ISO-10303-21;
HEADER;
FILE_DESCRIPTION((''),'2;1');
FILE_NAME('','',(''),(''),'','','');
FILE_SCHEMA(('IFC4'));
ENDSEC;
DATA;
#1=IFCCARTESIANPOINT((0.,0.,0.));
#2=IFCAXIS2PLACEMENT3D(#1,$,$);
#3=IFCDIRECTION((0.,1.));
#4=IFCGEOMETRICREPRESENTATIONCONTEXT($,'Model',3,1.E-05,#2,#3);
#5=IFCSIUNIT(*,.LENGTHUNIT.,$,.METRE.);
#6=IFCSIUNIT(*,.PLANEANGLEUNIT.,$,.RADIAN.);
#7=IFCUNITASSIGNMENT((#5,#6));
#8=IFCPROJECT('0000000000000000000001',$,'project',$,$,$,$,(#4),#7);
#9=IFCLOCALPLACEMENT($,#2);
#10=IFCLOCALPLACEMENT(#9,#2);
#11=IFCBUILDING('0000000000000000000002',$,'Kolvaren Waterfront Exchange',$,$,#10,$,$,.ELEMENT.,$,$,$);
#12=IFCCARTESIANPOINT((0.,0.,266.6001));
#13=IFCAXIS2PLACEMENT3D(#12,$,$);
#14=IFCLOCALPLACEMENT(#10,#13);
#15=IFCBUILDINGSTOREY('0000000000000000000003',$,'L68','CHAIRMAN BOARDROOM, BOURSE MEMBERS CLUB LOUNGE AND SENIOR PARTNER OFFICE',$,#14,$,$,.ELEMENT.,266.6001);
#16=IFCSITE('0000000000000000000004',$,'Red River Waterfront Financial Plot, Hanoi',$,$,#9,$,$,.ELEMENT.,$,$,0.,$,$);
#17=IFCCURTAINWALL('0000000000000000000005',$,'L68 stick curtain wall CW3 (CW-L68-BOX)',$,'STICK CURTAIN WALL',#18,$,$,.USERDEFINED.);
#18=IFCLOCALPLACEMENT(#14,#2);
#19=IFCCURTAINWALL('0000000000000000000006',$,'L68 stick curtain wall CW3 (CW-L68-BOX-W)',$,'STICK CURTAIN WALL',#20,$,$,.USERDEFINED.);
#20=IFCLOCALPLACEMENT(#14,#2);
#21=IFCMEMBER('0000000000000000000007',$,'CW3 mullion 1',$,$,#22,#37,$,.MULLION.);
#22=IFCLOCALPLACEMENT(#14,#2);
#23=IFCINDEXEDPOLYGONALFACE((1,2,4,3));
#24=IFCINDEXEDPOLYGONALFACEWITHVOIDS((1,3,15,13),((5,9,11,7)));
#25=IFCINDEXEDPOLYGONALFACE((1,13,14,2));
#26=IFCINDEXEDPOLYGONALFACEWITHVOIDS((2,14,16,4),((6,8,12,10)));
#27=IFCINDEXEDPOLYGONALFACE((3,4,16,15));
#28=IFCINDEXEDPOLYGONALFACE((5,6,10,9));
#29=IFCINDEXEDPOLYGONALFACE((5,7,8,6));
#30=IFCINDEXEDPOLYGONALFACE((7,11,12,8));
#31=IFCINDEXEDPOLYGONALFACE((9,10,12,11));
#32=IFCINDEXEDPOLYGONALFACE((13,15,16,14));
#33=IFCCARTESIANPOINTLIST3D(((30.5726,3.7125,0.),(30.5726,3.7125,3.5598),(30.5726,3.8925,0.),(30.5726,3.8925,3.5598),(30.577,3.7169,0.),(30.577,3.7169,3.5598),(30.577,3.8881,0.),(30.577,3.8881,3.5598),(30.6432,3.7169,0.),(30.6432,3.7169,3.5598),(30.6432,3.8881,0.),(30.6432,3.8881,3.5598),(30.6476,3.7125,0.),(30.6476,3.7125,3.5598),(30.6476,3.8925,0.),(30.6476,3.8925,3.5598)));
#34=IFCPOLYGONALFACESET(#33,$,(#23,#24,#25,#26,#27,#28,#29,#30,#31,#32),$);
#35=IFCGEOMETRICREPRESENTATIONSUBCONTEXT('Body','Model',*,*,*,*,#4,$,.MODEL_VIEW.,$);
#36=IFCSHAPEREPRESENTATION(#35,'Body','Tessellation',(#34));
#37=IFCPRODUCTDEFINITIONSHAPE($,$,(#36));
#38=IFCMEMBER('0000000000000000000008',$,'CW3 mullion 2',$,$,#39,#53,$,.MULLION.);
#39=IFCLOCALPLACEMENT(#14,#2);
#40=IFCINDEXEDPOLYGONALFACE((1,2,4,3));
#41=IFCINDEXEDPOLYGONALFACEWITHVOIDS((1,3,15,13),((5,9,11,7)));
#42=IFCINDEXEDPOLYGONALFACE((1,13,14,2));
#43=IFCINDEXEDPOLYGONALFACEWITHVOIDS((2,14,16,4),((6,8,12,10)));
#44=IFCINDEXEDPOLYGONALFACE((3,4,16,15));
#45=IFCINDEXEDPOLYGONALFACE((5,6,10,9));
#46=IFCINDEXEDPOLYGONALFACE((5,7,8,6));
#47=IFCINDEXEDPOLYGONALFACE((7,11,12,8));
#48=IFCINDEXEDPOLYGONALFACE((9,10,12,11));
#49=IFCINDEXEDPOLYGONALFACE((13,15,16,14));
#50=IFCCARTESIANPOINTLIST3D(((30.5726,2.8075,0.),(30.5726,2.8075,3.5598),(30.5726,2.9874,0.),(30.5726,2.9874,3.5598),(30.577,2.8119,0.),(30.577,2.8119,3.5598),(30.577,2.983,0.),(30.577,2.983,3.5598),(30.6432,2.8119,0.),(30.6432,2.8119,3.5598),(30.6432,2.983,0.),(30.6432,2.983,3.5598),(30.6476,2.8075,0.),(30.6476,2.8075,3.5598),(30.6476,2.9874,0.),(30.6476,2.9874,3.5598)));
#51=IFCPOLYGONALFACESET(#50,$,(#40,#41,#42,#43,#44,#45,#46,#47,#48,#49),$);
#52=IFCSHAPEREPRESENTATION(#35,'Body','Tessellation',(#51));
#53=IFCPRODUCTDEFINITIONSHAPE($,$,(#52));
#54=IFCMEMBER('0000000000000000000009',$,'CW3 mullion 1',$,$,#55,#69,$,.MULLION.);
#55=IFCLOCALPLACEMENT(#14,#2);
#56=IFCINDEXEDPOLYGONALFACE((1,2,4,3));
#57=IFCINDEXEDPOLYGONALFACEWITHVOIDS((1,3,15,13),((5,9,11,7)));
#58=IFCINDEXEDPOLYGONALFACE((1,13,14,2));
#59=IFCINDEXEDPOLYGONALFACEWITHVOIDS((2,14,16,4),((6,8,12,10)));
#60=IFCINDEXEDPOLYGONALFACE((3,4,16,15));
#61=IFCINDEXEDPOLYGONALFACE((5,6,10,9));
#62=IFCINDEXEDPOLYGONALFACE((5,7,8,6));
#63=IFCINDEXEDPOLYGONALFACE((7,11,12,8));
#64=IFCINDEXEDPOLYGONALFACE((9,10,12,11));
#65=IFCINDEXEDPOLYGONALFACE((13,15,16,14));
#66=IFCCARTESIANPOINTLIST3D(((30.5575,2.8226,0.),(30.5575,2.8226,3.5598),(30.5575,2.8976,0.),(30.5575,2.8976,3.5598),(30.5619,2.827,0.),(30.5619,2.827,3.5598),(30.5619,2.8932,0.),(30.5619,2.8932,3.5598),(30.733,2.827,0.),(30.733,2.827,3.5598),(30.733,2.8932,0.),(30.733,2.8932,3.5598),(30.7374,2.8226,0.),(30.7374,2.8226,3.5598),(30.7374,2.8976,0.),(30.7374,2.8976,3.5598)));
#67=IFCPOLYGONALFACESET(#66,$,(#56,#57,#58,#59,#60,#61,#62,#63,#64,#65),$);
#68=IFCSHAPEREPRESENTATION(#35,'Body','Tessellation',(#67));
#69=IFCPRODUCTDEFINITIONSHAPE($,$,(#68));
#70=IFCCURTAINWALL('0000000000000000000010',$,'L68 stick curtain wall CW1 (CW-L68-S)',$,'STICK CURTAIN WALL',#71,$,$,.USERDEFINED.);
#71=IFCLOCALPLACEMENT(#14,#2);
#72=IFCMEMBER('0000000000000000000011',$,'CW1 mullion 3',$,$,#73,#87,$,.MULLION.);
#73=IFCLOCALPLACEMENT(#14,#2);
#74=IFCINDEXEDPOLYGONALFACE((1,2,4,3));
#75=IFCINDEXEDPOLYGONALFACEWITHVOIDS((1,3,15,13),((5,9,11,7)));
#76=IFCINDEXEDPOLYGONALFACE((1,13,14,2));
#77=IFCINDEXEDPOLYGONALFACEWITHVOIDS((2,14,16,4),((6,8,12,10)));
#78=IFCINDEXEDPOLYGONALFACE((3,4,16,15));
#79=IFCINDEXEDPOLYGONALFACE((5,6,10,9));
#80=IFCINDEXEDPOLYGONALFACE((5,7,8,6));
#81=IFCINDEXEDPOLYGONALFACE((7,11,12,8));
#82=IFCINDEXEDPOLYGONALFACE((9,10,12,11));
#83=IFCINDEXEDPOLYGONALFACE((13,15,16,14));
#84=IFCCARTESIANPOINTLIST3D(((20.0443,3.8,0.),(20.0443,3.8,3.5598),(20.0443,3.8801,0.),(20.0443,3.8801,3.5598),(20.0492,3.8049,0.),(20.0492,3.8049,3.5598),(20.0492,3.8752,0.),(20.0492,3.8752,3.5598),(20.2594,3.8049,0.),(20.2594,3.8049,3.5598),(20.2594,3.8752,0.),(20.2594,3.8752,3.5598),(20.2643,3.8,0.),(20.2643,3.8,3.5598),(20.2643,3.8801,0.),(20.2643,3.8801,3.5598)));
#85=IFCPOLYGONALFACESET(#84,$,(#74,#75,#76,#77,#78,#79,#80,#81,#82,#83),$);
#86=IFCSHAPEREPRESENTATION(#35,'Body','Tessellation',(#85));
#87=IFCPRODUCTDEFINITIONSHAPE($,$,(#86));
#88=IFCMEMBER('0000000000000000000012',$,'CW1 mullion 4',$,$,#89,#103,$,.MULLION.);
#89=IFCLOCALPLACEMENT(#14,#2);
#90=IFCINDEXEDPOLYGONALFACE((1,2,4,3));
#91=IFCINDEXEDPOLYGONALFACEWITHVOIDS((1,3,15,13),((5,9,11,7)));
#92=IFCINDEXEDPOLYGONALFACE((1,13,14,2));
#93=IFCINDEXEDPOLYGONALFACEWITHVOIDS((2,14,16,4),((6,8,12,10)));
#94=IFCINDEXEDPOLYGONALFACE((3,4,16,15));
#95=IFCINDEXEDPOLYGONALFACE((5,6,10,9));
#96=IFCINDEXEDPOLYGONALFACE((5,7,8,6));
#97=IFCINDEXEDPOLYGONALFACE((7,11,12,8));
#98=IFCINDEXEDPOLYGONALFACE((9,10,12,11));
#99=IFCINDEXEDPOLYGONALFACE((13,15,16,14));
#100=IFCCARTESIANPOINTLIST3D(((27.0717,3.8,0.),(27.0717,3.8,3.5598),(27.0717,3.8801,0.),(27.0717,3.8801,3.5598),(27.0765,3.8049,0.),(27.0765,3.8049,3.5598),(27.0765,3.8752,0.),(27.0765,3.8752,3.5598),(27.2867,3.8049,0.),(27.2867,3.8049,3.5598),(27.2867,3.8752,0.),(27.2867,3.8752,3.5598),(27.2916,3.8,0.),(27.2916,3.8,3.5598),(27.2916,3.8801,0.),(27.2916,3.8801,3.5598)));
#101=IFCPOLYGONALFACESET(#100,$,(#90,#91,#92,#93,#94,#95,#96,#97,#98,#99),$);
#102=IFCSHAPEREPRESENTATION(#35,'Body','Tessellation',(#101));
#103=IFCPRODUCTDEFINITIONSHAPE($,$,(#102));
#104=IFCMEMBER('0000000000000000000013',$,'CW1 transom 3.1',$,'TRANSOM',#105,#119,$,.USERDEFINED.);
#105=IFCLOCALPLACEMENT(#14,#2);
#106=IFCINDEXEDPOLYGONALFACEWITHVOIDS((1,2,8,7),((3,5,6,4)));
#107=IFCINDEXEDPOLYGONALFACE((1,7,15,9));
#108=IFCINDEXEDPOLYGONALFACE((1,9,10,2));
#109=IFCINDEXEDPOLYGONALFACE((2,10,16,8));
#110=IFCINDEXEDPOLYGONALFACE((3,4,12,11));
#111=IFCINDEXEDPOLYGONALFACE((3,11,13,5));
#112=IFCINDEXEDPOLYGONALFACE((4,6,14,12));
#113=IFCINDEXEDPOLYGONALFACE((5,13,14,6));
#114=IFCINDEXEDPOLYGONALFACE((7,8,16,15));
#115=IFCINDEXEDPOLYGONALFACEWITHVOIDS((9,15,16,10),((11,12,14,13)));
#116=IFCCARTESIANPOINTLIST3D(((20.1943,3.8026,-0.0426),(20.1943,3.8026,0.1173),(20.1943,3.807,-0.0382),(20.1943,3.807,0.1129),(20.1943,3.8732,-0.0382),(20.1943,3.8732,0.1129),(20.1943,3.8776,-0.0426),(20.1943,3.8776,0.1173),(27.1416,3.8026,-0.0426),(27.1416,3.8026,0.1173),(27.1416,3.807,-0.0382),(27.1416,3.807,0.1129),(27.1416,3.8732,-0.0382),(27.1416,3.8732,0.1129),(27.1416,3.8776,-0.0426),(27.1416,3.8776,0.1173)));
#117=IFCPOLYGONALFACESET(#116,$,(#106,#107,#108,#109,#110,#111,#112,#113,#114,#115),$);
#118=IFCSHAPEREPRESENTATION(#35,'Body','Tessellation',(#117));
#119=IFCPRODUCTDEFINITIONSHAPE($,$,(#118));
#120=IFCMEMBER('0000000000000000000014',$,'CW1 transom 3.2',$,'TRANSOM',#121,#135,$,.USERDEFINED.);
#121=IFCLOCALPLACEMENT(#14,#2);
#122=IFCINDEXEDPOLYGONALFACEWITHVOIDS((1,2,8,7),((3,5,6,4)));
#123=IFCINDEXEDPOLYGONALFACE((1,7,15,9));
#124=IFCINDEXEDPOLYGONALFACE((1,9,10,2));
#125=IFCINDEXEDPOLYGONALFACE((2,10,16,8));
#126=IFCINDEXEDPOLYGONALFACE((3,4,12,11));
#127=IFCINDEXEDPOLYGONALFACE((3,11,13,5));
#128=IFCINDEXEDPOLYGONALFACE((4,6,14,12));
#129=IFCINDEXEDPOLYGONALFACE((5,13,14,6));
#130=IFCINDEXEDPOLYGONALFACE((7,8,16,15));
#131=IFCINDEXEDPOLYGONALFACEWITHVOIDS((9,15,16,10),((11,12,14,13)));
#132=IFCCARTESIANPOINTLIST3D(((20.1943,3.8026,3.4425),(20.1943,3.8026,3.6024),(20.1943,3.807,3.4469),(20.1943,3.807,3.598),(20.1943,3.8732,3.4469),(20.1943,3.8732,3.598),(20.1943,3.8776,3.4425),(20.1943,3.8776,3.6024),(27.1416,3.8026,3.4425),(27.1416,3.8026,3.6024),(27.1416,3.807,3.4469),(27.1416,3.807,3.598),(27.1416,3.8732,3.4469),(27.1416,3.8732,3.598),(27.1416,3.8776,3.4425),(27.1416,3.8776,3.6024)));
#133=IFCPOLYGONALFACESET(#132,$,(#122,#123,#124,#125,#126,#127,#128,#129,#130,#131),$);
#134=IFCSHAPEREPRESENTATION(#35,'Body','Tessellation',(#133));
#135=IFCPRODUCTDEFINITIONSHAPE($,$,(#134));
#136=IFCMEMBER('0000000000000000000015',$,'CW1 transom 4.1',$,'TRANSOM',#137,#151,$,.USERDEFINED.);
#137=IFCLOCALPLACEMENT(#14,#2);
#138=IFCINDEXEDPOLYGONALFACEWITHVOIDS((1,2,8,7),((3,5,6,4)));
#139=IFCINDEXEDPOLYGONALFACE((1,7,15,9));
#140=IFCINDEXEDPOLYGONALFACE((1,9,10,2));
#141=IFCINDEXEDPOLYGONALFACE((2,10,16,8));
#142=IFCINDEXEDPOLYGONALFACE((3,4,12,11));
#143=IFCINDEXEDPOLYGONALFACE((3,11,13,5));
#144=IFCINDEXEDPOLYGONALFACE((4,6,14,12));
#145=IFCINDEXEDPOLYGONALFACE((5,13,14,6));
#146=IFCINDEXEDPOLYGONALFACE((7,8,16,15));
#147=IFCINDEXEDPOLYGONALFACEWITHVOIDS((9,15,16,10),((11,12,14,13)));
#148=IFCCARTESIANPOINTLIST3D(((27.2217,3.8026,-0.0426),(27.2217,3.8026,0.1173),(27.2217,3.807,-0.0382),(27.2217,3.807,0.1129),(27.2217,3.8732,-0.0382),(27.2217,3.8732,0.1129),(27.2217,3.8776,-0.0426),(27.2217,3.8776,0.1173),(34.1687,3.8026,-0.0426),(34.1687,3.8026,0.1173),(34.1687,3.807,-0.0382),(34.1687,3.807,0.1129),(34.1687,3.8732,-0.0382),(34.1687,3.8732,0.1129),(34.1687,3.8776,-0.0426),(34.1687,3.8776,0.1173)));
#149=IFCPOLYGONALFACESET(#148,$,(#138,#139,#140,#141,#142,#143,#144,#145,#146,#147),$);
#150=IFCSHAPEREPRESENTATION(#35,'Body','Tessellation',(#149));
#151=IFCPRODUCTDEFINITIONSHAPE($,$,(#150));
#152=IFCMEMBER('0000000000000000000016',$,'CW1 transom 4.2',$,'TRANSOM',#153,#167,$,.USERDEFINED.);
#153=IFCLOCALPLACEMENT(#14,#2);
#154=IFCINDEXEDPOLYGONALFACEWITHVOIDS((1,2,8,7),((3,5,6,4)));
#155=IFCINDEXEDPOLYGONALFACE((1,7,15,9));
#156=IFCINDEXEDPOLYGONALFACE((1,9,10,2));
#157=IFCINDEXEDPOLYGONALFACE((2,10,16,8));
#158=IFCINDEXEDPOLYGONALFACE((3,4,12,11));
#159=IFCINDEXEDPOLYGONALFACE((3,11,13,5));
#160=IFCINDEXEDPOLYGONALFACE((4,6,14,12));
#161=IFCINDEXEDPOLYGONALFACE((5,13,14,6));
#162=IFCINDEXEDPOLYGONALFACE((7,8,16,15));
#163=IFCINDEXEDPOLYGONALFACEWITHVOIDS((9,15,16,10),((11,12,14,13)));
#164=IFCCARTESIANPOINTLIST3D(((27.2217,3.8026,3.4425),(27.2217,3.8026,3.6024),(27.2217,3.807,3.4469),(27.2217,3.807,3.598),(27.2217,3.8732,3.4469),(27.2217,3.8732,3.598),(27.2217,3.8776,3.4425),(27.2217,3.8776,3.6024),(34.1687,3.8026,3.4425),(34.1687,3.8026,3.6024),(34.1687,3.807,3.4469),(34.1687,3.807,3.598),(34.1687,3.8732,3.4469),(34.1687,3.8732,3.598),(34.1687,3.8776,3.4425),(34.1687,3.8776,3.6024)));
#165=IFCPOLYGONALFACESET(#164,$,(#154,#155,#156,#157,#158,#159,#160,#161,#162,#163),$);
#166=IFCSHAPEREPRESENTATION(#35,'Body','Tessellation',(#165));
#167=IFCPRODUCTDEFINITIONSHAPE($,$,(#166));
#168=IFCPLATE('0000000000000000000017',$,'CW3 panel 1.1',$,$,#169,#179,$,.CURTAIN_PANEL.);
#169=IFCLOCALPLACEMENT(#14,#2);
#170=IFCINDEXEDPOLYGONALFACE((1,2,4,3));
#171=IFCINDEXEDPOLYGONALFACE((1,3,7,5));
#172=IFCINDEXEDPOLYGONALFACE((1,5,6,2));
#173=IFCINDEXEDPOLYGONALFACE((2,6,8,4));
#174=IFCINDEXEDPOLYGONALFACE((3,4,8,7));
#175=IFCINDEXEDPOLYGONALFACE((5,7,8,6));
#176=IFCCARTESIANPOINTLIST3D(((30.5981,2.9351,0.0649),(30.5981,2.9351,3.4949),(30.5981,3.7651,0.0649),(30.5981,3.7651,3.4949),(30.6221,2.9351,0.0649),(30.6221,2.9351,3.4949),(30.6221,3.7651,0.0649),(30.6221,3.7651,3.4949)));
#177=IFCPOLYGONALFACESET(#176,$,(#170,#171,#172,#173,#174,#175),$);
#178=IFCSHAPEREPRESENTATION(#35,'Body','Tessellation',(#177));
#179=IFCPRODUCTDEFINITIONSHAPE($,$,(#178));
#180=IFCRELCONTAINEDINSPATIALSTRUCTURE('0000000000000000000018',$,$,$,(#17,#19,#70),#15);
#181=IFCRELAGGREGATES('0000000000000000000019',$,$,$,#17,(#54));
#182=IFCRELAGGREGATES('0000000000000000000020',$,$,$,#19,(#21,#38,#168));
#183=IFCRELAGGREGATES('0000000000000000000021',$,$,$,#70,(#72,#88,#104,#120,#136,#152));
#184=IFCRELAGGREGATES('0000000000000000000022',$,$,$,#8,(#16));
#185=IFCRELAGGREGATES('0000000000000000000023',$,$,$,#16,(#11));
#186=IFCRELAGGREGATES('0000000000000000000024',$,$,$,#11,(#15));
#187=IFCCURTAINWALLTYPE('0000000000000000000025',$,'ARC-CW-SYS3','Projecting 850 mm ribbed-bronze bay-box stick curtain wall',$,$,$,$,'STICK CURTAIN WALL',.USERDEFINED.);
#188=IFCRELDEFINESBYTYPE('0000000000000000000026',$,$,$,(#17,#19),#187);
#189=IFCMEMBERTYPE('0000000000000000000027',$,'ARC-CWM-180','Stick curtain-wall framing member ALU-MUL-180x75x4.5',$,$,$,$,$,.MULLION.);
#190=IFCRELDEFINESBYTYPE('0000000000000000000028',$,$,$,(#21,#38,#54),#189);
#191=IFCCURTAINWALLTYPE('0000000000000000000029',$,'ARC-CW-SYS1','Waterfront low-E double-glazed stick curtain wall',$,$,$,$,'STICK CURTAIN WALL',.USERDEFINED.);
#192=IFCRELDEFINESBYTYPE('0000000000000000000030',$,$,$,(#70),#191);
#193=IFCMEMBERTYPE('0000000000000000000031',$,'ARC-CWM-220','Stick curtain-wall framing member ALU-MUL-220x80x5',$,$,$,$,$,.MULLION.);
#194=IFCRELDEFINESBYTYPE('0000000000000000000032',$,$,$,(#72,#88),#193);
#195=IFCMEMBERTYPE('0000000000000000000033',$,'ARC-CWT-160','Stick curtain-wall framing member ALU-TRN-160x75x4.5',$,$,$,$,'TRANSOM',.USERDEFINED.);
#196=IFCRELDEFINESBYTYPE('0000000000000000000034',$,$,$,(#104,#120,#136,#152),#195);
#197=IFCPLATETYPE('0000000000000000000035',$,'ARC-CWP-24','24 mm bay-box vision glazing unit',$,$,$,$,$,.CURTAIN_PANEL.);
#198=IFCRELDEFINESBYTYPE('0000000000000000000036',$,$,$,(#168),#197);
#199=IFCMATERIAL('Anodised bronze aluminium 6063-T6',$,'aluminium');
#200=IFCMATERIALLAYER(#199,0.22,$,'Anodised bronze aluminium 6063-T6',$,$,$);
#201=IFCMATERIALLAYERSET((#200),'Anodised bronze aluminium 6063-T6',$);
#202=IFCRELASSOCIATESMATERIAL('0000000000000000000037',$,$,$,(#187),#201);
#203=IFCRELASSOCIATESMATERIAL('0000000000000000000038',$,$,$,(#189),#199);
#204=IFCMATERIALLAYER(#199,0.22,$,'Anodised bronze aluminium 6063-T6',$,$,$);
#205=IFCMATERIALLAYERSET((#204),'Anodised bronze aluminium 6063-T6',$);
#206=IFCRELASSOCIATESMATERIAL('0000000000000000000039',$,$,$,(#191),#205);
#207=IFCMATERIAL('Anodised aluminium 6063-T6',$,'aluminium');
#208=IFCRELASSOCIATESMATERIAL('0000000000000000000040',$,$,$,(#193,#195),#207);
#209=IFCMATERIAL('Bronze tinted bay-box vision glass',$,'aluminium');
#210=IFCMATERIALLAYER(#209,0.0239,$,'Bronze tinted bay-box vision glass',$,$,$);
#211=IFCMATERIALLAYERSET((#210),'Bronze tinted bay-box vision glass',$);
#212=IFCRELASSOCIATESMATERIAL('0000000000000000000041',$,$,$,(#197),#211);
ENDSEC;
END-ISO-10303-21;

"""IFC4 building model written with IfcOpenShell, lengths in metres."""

from ifc_helpers import new_model, si_unit, direction, frame, origin, origin_with_axes, origin_2d, place, context, subcontext, project, spatial, rectangle, hollow_rectangle, extrude, source, transform, mapped, material, layer, layer_set, material_profile, profile_set, type_object, element, aggregate, save


model = new_model("IFC4")

# Units and contexts
model_context = context("Model", 3, precision=1e-05, world=origin(), true_north=direction((0.0, 1.0)))
body_context = subcontext(model_context, "Body", "Model", "MODEL_VIEW")
ifc_project = project(units=[si_unit("LENGTHUNIT", "METRE"), si_unit("PLANEANGLEUNIT", "RADIAN")], contexts=[model_context])

# Site, building, storey
site_placement = place(None, origin())
site = spatial("IfcSite", under=ifc_project, at=site_placement, Name="Red River Waterfront Financial Plot, Hanoi", CompositionType="ELEMENT", RefElevation=0.0)
building_placement = place(site_placement, origin())
building = spatial("IfcBuilding", under=site, at=building_placement, Name="Kolvaren Waterfront Exchange", CompositionType="ELEMENT")
storey_placement = place(building_placement, frame((0.0, 0.0, 266.6001)))
storey = spatial("IfcBuildingStorey", under=building, at=storey_placement, Name="L68", Description="CHAIRMAN BOARDROOM, BOURSE MEMBERS CLUB LOUNGE AND SENIOR PARTNER OFFICE", CompositionType="ELEMENT", Elevation=266.6001)

# Curtain wall
ifc_material_1 = material(Name="Anodised bronze aluminium 6063-T6", Category="aluminium")
ifc_layer_1 = layer(ifc_material_1, 0.22, Name="Anodised bronze aluminium 6063-T6")
ifc_layer_set_1 = layer_set([ifc_layer_1], Name="Anodised bronze aluminium 6063-T6")
curtain_wall_type_1 = type_object("IfcCurtainWallType", Name="ARC-CW-SYS3", Description="Projecting 850 mm ribbed-bronze bay-box stick curtain wall", ElementType="STICK CURTAIN WALL", PredefinedType="USERDEFINED", material=ifc_layer_set_1)
curtain_wall_1_placement = place(storey_placement, origin())
curtain_wall_1 = element("IfcCurtainWall", 1, at=curtain_wall_1_placement, inside=storey, type_object=curtain_wall_type_1, Name="L68 stick curtain wall CW3 (CW-L68-BOX)", ObjectType="STICK CURTAIN WALL", PredefinedType="USERDEFINED")

# Curtain wall, members
curtain_wall_2_placement = place(storey_placement, origin())
curtain_wall_2 = element("IfcCurtainWall", 2, at=curtain_wall_2_placement, inside=storey, type_object=curtain_wall_type_1, Name="L68 stick curtain wall CW3 (CW-L68-BOX-W)", ObjectType="STICK CURTAIN WALL", PredefinedType="USERDEFINED")
ifc_material_profile_1 = material_profile(ifc_material_1, hollow_rectangle(XDim=0.075, YDim=0.1799, WallThickness=0.0044, at=origin_2d()), Name="ALU-MUL-180x75x4.5")
ifc_profile_set_1 = profile_set([ifc_material_profile_1], Name="Anodised bronze aluminium 6063-T6")
member_type_1 = type_object("IfcMemberType", Name="ARC-CWM-180", Description="Stick curtain-wall framing member ALU-MUL-180x75x4.5", PredefinedType="MULLION", material=ifc_profile_set_1)
shared_shape_1 = source(origin_with_axes(), body_context, "Body", "SweptSolid", [
    extrude(hollow_rectangle(XDim=0.075, YDim=0.1799, WallThickness=0.0044, at=origin_2d()), origin(), (0.0, 0.0, 1.0), 3.5598),
])
member_1_placement = place(storey_placement, frame((30.6101, 3.8025, 0.0), z_axis=(0.0, 0.0, 1.0), x_axis=(1.0, 0.0, 0.0)))
member_1 = element("IfcMember", 3, at=member_1_placement, type_object=member_type_1, Name="CW3 mullion 1", PredefinedType="MULLION", context=body_context, shape_type="MappedRepresentation", body=[
    mapped(shared_shape_1, transform((0.0, 0.0, 0.0), x_axis=(1.0, 0.0, 0.0), y_axis=(0.0, 1.0, 0.0), z_axis=(0.0, 0.0, 1.0), scale=1.0)),
])
member_2_placement = place(storey_placement, frame((30.6101, 2.8975, 0.0), z_axis=(0.0, 0.0, 1.0), x_axis=(1.0, 0.0, 0.0)))
member_2 = element("IfcMember", 4, at=member_2_placement, type_object=member_type_1, Name="CW3 mullion 2", PredefinedType="MULLION", context=body_context, shape_type="MappedRepresentation", body=[
    mapped(shared_shape_1, transform((0.0, 0.0, 0.0), x_axis=(1.0, 0.0, 0.0), y_axis=(0.0, 1.0, 0.0), z_axis=(0.0, 0.0, 1.0), scale=1.0)),
])

# Member
member_3_placement = place(storey_placement, frame((30.6475, 2.8601, 0.0), z_axis=(0.0, 0.0, 1.0), x_axis=(0.0, 1.0, 0.0)))
member_3 = element("IfcMember", 5, at=member_3_placement, type_object=member_type_1, Name="CW3 mullion 1", PredefinedType="MULLION", context=body_context, shape_type="MappedRepresentation", body=[
    mapped(shared_shape_1, transform((0.0, 0.0, 0.0), x_axis=(1.0, 0.0, 0.0), y_axis=(0.0, 1.0, 0.0), z_axis=(0.0, 0.0, 1.0), scale=1.0)),
])
aggregate(curtain_wall_1, [member_3])

# Curtain wall, members
ifc_layer_2 = layer(ifc_material_1, 0.22, Name="Anodised bronze aluminium 6063-T6")
ifc_layer_set_2 = layer_set([ifc_layer_2], Name="Anodised bronze aluminium 6063-T6")
curtain_wall_type_2 = type_object("IfcCurtainWallType", Name="ARC-CW-SYS1", Description="Waterfront low-E double-glazed stick curtain wall", ElementType="STICK CURTAIN WALL", PredefinedType="USERDEFINED", material=ifc_layer_set_2)
curtain_wall_3_placement = place(storey_placement, origin())
curtain_wall_3 = element("IfcCurtainWall", 6, at=curtain_wall_3_placement, inside=storey, type_object=curtain_wall_type_2, Name="L68 stick curtain wall CW1 (CW-L68-S)", ObjectType="STICK CURTAIN WALL", PredefinedType="USERDEFINED")
ifc_material_2 = material(Name="Anodised aluminium 6063-T6", Category="aluminium")
ifc_material_profile_2 = material_profile(ifc_material_2, hollow_rectangle(XDim=0.0801, YDim=0.22, WallThickness=0.0049, at=origin_2d()), Name="ALU-MUL-220x80x5")
ifc_profile_set_2 = profile_set([ifc_material_profile_2], Name="Anodised aluminium 6063-T6")
member_type_2 = type_object("IfcMemberType", Name="ARC-CWM-220", Description="Stick curtain-wall framing member ALU-MUL-220x80x5", PredefinedType="MULLION", material=ifc_profile_set_2)
shared_shape_2 = source(origin_with_axes(), body_context, "Body", "SweptSolid", [
    extrude(hollow_rectangle(XDim=0.0801, YDim=0.22, WallThickness=0.0049, at=origin_2d()), origin(), (0.0, 0.0, 1.0), 3.5598),
])
member_4_placement = place(storey_placement, frame((20.1543, 3.8401, 0.0), z_axis=(0.0, 0.0, 1.0), x_axis=(0.0, 1.0, 0.0)))
member_4 = element("IfcMember", 7, at=member_4_placement, type_object=member_type_2, Name="CW1 mullion 3", PredefinedType="MULLION", context=body_context, shape_type="MappedRepresentation", body=[
    mapped(shared_shape_2, transform((0.0, 0.0, 0.0), x_axis=(1.0, 0.0, 0.0), y_axis=(0.0, 1.0, 0.0), z_axis=(0.0, 0.0, 1.0), scale=1.0)),
])
member_5_placement = place(storey_placement, frame((27.1816, 3.8401, 0.0), z_axis=(0.0, 0.0, 1.0), x_axis=(0.0, 1.0, 0.0)))
member_5 = element("IfcMember", 8, at=member_5_placement, type_object=member_type_2, Name="CW1 mullion 4", PredefinedType="MULLION", context=body_context, shape_type="MappedRepresentation", body=[
    mapped(shared_shape_2, transform((0.0, 0.0, 0.0), x_axis=(1.0, 0.0, 0.0), y_axis=(0.0, 1.0, 0.0), z_axis=(0.0, 0.0, 1.0), scale=1.0)),
])
ifc_material_profile_3 = material_profile(ifc_material_2, hollow_rectangle(XDim=0.075, YDim=0.1599, WallThickness=0.0044, at=origin_2d()), Name="ALU-TRN-160x75x4.5")
ifc_profile_set_3 = profile_set([ifc_material_profile_3], Name="Anodised aluminium 6063-T6")
member_type_3 = type_object("IfcMemberType", Name="ARC-CWT-160", Description="Stick curtain-wall framing member ALU-TRN-160x75x4.5", ElementType="TRANSOM", PredefinedType="USERDEFINED", material=ifc_profile_set_3)
shared_shape_3 = source(origin_with_axes(), body_context, "Body", "SweptSolid", [
    extrude(hollow_rectangle(XDim=0.075, YDim=0.1599, WallThickness=0.0044, at=origin_2d()), origin(), (0.0, 0.0, 1.0), 6.9473),
])
member_6_placement = place(storey_placement, frame((20.1943, 3.8401, 0.0374), z_axis=(1.0, 0.0, 0.0), x_axis=(0.0, 1.0, 0.0)))
member_6 = element("IfcMember", 9, at=member_6_placement, type_object=member_type_3, Name="CW1 transom 3.1", ObjectType="TRANSOM", PredefinedType="USERDEFINED", context=body_context, shape_type="MappedRepresentation", body=[
    mapped(shared_shape_3, transform((0.0, 0.0, 0.0), x_axis=(1.0, 0.0, 0.0), y_axis=(0.0, 1.0, 0.0), z_axis=(0.0, 0.0, 1.0), scale=1.0)),
])
member_7_placement = place(storey_placement, frame((20.1943, 3.8401, 3.5225), z_axis=(1.0, 0.0, 0.0), x_axis=(0.0, 1.0, 0.0)))
member_7 = element("IfcMember", 10, at=member_7_placement, type_object=member_type_3, Name="CW1 transom 3.2", ObjectType="TRANSOM", PredefinedType="USERDEFINED", context=body_context, shape_type="MappedRepresentation", body=[
    mapped(shared_shape_3, transform((0.0, 0.0, 0.0), x_axis=(1.0, 0.0, 0.0), y_axis=(0.0, 1.0, 0.0), z_axis=(0.0, 0.0, 1.0), scale=1.0)),
])
shared_shape_4 = source(origin_with_axes(), body_context, "Body", "SweptSolid", [
    extrude(hollow_rectangle(XDim=0.075, YDim=0.1599, WallThickness=0.0044, at=origin_2d()), origin(), (0.0, 0.0, 1.0), 6.947),
])
member_8_placement = place(storey_placement, frame((27.2217, 3.8401, 0.0374), z_axis=(1.0, 0.0, 0.0), x_axis=(0.0, 1.0, 0.0)))
member_8 = element("IfcMember", 11, at=member_8_placement, type_object=member_type_3, Name="CW1 transom 4.1", ObjectType="TRANSOM", PredefinedType="USERDEFINED", context=body_context, shape_type="MappedRepresentation", body=[
    mapped(shared_shape_4, transform((0.0, 0.0, 0.0), x_axis=(1.0, 0.0, 0.0), y_axis=(0.0, 1.0, 0.0), z_axis=(0.0, 0.0, 1.0), scale=1.0)),
])
member_9_placement = place(storey_placement, frame((27.2217, 3.8401, 3.5225), z_axis=(1.0, 0.0, 0.0), x_axis=(0.0, 1.0, 0.0)))
member_9 = element("IfcMember", 12, at=member_9_placement, type_object=member_type_3, Name="CW1 transom 4.2", ObjectType="TRANSOM", PredefinedType="USERDEFINED", context=body_context, shape_type="MappedRepresentation", body=[
    mapped(shared_shape_4, transform((0.0, 0.0, 0.0), x_axis=(1.0, 0.0, 0.0), y_axis=(0.0, 1.0, 0.0), z_axis=(0.0, 0.0, 1.0), scale=1.0)),
])

# Plate
ifc_material_3 = material(Name="Bronze tinted bay-box vision glass", Category="aluminium")
ifc_layer_3 = layer(ifc_material_3, 0.0239, Name="Bronze tinted bay-box vision glass")
ifc_layer_set_3 = layer_set([ifc_layer_3], Name="Bronze tinted bay-box vision glass")
plate_type_1 = type_object("IfcPlateType", Name="ARC-CWP-24", Description="24 mm bay-box vision glazing unit", PredefinedType="CURTAIN_PANEL", material=ifc_layer_set_3)
shared_shape_5 = source(origin_with_axes(), body_context, "Body", "SweptSolid", [
    extrude(rectangle(XDim=0.8301, YDim=0.0239, at=origin_2d()), origin(), (0.0, 0.0, 1.0), 3.4299),
])
plate_1_placement = place(storey_placement, frame((30.6101, 3.3501, 0.0649), z_axis=(0.0, 0.0, 1.0), x_axis=(0.0, -1.0, 0.0)))
plate_1 = element("IfcPlate", 13, at=plate_1_placement, type_object=plate_type_1, Name="CW3 panel 1.1", PredefinedType="CURTAIN_PANEL", context=body_context, shape_type="MappedRepresentation", body=[
    mapped(shared_shape_5, transform((0.0, 0.0, 0.0), x_axis=(1.0, 0.0, 0.0), y_axis=(0.0, 1.0, 0.0), z_axis=(0.0, 0.0, 1.0), scale=1.0)),
])
aggregate(curtain_wall_2, [member_1, member_2, plate_1])
aggregate(curtain_wall_3, [member_4, member_5, member_6, member_7, member_8, member_9])

save(model, "model.ifc")
